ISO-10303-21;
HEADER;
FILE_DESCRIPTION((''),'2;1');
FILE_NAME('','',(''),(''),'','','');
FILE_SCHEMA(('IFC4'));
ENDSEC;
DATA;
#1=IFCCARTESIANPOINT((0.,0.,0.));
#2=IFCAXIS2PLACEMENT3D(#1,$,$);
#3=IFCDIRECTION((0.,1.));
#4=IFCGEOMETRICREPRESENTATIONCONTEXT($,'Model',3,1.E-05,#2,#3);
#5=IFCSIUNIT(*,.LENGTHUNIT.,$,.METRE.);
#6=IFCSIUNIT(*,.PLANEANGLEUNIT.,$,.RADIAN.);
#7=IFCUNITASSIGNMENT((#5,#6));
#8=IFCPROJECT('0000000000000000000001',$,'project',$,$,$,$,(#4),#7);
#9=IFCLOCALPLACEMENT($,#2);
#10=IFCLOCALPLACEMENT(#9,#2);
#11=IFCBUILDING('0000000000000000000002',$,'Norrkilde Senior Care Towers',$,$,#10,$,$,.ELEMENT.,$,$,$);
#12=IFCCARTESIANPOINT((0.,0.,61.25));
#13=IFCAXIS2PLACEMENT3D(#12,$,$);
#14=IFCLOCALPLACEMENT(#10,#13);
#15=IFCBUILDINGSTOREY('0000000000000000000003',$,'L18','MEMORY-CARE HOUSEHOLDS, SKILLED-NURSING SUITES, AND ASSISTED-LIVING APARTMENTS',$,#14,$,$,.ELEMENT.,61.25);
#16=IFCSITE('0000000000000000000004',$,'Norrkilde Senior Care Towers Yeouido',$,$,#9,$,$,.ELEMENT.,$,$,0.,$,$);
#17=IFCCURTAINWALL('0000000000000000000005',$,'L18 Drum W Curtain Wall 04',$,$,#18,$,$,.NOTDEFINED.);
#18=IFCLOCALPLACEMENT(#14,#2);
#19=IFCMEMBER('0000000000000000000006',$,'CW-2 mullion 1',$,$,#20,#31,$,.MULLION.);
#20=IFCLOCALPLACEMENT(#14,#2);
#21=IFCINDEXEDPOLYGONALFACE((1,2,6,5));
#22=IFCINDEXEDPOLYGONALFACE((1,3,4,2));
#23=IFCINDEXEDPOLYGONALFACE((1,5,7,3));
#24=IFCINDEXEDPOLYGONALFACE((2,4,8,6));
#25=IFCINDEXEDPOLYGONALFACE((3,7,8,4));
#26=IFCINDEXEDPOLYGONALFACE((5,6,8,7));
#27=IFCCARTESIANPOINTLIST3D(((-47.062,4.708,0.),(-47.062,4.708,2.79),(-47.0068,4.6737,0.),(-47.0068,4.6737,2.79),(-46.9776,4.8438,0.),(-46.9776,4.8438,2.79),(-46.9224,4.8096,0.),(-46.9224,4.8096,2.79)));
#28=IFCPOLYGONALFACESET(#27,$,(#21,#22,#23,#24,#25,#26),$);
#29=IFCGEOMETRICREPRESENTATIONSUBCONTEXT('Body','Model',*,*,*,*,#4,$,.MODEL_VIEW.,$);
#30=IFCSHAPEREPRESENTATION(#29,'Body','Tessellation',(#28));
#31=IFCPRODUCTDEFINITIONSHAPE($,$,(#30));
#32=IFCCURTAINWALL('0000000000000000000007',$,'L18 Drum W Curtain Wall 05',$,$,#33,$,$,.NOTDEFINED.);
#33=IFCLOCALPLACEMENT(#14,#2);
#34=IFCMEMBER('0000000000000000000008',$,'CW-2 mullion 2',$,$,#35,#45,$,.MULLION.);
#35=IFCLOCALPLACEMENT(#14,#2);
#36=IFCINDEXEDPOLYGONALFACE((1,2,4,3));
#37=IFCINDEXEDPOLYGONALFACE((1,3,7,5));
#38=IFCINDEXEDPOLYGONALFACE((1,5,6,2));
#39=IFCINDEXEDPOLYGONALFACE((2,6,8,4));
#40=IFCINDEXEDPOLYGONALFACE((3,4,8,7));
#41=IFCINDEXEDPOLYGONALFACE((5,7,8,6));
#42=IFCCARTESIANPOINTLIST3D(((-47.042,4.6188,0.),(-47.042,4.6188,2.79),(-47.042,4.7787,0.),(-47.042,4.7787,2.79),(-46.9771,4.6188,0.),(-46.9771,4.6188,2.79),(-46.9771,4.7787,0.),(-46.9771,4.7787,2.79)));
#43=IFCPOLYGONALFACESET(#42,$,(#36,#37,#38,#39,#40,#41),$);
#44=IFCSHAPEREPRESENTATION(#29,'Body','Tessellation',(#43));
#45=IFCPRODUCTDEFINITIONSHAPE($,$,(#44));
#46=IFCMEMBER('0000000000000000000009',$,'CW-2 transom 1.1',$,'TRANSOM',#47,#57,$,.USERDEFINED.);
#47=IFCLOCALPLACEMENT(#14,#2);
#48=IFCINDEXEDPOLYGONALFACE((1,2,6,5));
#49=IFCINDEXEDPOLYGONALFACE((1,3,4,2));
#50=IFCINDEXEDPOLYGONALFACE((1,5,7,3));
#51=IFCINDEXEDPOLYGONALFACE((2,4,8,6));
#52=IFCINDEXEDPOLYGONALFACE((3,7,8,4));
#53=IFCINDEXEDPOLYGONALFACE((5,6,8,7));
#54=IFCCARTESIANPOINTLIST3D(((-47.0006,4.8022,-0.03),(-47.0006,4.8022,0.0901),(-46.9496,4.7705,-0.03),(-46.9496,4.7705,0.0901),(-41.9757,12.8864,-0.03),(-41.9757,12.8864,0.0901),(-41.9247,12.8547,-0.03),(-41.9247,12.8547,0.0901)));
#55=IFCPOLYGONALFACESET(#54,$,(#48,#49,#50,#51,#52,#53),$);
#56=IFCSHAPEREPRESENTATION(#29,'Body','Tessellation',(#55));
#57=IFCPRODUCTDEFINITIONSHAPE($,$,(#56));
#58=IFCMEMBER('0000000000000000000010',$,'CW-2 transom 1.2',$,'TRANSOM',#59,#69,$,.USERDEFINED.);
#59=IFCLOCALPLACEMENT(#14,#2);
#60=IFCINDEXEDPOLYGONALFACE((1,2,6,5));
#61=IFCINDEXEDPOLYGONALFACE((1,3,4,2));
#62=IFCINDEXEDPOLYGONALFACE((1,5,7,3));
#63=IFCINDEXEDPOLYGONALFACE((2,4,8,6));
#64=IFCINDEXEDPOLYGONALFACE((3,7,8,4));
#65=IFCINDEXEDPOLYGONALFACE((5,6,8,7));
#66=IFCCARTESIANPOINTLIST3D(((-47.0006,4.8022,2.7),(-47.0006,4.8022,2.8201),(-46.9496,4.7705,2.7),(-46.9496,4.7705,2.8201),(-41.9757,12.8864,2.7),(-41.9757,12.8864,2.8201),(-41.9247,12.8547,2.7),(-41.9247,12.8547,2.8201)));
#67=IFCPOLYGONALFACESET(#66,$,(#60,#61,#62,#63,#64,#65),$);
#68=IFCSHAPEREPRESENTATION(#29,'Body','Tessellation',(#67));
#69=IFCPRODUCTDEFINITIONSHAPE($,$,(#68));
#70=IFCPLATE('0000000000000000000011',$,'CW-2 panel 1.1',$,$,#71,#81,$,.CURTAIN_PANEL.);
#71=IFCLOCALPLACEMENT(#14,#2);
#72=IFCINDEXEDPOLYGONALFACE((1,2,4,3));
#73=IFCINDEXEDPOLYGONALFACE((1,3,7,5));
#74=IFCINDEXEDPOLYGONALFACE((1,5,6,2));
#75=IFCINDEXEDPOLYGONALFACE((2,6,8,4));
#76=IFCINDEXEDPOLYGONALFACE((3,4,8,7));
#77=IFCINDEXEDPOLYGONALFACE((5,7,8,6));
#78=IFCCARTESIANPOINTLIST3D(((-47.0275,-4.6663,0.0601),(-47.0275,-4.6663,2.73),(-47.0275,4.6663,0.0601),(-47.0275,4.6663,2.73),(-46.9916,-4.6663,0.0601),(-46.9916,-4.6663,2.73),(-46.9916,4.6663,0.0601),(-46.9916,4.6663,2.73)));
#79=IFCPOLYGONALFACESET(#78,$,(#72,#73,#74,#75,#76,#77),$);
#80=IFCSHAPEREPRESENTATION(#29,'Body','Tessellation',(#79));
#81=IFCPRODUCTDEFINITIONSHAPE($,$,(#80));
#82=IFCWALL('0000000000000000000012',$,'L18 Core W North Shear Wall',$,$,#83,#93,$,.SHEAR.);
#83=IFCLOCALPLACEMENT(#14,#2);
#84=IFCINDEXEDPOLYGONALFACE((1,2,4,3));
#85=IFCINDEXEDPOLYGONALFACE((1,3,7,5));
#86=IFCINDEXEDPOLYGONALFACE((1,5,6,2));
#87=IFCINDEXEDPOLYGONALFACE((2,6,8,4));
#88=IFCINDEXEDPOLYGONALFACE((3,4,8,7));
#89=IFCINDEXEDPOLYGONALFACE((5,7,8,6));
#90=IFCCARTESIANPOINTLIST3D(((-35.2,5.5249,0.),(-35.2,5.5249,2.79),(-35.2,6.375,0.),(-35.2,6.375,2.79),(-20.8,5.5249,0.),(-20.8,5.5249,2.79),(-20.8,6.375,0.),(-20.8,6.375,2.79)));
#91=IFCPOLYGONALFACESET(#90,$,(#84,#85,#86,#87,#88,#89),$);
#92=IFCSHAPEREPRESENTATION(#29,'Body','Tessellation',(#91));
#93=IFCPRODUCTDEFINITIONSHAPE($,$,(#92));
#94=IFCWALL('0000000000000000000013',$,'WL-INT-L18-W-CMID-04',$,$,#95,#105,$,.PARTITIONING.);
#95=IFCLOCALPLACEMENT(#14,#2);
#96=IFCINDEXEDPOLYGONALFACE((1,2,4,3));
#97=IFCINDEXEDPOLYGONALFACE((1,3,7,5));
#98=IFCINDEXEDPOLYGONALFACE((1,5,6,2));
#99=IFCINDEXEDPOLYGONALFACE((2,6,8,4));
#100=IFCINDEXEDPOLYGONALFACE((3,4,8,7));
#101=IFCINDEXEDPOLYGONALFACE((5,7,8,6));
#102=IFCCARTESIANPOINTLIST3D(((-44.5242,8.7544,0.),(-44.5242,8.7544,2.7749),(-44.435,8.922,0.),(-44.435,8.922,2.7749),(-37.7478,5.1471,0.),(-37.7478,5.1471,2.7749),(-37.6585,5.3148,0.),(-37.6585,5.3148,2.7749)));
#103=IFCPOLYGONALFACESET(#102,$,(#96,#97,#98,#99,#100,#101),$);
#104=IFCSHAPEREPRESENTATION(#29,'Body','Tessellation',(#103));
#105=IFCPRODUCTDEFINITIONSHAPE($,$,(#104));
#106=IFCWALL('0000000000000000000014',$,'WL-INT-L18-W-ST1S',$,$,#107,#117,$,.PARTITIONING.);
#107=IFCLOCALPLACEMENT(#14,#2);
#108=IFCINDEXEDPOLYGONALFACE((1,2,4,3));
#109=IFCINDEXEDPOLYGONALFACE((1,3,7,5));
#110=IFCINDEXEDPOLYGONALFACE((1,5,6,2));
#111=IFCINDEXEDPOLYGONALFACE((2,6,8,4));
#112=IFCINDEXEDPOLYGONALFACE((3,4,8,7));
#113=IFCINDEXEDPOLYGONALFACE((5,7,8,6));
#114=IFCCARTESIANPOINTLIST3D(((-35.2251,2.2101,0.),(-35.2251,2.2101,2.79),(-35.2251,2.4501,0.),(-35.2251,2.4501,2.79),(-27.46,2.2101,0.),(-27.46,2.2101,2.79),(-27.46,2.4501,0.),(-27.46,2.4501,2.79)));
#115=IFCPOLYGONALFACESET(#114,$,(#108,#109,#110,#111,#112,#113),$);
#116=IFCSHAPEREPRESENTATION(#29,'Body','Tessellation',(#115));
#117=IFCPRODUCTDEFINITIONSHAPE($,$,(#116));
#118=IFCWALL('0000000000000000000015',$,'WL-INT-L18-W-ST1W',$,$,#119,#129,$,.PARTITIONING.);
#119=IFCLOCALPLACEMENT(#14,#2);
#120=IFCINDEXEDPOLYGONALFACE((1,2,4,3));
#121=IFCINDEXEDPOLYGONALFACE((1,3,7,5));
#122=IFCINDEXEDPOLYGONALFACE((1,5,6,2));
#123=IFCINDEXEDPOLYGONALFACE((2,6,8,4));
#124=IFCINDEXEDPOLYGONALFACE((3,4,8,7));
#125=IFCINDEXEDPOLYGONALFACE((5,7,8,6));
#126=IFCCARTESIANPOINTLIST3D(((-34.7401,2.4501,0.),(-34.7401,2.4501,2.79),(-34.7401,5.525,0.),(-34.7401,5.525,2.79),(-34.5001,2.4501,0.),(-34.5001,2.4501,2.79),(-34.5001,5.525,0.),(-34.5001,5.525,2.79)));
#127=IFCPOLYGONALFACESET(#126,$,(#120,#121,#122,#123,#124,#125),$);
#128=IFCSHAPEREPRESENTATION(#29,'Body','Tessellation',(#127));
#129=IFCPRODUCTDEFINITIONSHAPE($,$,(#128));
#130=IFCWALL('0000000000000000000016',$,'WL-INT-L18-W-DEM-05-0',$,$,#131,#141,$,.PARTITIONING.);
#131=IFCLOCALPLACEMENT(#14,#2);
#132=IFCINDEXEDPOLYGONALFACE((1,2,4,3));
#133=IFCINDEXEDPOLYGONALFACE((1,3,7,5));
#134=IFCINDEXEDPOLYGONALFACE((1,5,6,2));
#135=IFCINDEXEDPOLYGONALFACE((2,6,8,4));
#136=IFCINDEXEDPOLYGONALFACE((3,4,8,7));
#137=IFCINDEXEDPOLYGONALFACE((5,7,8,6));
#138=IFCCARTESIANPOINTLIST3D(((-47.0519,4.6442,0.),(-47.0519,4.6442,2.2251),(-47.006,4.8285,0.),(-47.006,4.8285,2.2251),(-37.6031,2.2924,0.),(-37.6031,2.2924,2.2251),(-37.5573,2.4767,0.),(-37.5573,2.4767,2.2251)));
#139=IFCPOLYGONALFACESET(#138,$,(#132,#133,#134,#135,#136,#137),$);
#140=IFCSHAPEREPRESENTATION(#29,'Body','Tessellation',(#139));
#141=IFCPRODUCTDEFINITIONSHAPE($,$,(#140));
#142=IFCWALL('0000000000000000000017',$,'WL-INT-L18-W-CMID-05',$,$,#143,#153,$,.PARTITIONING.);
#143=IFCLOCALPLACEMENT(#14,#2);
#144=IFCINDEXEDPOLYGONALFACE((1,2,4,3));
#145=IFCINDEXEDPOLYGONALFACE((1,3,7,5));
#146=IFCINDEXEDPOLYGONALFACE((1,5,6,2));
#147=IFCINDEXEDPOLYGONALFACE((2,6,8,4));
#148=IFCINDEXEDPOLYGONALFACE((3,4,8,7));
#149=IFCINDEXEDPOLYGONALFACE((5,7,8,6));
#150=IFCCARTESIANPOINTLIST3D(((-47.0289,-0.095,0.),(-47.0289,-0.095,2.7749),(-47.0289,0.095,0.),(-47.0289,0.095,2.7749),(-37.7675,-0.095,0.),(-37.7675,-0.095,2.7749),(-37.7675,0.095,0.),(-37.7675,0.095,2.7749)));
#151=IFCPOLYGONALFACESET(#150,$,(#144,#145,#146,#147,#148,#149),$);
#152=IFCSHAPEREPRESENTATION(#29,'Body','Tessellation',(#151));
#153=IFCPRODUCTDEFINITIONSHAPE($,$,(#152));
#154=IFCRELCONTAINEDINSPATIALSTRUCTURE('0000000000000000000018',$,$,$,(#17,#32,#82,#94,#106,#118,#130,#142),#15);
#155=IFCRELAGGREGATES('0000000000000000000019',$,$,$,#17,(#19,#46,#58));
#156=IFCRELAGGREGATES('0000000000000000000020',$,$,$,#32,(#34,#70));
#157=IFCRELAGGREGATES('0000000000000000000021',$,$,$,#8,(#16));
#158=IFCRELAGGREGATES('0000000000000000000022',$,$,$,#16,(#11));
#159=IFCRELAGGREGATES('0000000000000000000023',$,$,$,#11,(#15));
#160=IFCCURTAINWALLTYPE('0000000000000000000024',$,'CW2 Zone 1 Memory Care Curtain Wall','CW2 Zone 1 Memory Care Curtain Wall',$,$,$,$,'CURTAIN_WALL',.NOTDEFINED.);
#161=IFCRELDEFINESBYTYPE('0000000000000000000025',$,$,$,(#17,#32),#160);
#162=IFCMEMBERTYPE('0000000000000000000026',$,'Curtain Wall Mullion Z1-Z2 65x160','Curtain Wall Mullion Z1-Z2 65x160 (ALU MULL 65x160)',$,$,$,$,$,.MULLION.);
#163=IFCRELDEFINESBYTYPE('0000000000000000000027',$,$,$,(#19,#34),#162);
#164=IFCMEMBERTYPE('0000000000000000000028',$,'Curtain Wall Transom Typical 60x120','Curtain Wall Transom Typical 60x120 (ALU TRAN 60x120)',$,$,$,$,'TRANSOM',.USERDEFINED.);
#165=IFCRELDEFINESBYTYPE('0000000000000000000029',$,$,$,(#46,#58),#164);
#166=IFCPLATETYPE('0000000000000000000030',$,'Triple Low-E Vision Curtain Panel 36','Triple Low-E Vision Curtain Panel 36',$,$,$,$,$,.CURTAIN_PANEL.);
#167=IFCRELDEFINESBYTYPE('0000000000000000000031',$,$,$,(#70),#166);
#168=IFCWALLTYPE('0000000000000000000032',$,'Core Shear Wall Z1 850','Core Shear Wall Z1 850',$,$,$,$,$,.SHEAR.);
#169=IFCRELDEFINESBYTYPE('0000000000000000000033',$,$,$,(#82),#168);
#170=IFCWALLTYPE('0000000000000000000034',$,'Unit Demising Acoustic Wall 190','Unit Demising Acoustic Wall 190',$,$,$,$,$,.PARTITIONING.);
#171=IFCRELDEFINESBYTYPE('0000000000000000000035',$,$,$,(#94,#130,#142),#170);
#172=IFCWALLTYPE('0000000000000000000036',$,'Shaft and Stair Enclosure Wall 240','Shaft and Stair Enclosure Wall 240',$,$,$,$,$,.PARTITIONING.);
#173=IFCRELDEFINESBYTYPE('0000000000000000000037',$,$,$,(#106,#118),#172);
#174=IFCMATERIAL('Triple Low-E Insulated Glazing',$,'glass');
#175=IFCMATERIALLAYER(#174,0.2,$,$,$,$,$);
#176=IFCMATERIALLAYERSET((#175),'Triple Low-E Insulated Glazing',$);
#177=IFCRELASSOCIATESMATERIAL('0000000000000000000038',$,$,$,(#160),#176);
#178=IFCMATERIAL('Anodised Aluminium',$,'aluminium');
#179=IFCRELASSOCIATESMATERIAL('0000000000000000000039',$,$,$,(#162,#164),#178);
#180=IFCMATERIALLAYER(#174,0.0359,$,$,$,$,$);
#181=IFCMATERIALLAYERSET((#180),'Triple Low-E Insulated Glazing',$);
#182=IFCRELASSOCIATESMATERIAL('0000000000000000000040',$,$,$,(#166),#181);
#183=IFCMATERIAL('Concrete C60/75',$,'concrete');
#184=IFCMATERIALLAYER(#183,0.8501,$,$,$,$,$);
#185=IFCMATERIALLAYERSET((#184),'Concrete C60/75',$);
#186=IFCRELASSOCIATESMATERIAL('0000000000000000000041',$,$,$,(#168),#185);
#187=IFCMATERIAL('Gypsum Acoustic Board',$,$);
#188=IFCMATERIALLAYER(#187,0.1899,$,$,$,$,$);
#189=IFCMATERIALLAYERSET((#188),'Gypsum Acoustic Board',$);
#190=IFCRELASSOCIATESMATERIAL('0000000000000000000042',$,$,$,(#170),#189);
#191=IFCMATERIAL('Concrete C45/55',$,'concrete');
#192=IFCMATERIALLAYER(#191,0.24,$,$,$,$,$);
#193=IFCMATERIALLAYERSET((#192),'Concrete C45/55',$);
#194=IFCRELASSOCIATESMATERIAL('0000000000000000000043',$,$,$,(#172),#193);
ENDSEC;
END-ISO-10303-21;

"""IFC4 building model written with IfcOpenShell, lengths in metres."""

from ifc_helpers import new_model, si_unit, direction, frame, frame_2d, origin, origin_2d, place, context, subcontext, project, spatial, rectangle, extrude, source, transform, mapped, material, layer, layer_set, material_profile, profile_set, type_object, type_shapes, element, aggregate, save


model = new_model("IFC4")

# Units and contexts
model_context = context("Model", 3, precision=1e-05, world=origin(), true_north=direction((0.0, 1.0)))
body_context = subcontext(model_context, "Body", "Model", "MODEL_VIEW")
ifc_project = project(units=[si_unit("LENGTHUNIT", "METRE"), si_unit("PLANEANGLEUNIT", "RADIAN")], contexts=[model_context])

# Site, building, storey
site_placement = place(None, origin())
site = spatial("IfcSite", under=ifc_project, at=site_placement, Name="Norrkilde Senior Care Towers Yeouido", CompositionType="ELEMENT", RefElevation=0.0)
building_placement = place(site_placement, origin())
building = spatial("IfcBuilding", under=site, at=building_placement, Name="Norrkilde Senior Care Towers", CompositionType="ELEMENT")
storey_placement = place(building_placement, frame((0.0, 0.0, 61.25)))
storey = spatial("IfcBuildingStorey", under=building, at=storey_placement, Name="L18", Description="MEMORY-CARE HOUSEHOLDS, SKILLED-NURSING SUITES, AND ASSISTED-LIVING APARTMENTS", CompositionType="ELEMENT", Elevation=61.25)

# Shared definitions
ifc_material_1 = material(Name="Concrete C60/75", Category="concrete")

# Curtain walls, members
ifc_material_2 = material(Name="Triple Low-E Insulated Glazing", Category="glass")
ifc_layer_1 = layer(ifc_material_2, 0.2)
ifc_layer_set_1 = layer_set([ifc_layer_1], Name="Triple Low-E Insulated Glazing")
curtain_wall_type = type_object("IfcCurtainWallType", Name="CW2 Zone 1 Memory Care Curtain Wall", Description="CW2 Zone 1 Memory Care Curtain Wall", ElementType="CURTAIN_WALL", PredefinedType="NOTDEFINED", material=ifc_layer_set_1)
curtain_wall_1_placement = place(storey_placement, origin())
curtain_wall_1 = element("IfcCurtainWall", 1, at=curtain_wall_1_placement, inside=storey, type_object=curtain_wall_type, Name="L18 Drum W Curtain Wall 04", PredefinedType="NOTDEFINED")
ifc_material_3 = material(Name="Anodised Aluminium", Category="aluminium")
ifc_material_profile_1 = material_profile(ifc_material_3, rectangle(XDim=0.0649, YDim=0.1599, at=origin_2d()), Name="ALU MULL 65x160")
ifc_profile_set_1 = profile_set([ifc_material_profile_1], Name="Anodised Aluminium")
member_type_1 = type_object("IfcMemberType", Name="Curtain Wall Mullion Z1-Z2 65x160", Description="Curtain Wall Mullion Z1-Z2 65x160 (ALU MULL 65x160)", PredefinedType="MULLION", material=ifc_profile_set_1)
shared_shape_1 = source(origin(), body_context, "Body", "SweptSolid", [
    extrude(rectangle(XDim=0.0649, YDim=0.1599, at=origin_2d()), origin(), (0.0, 0.0, 1.0), 2.79),
])
type_shapes(member_type_1, [shared_shape_1])
member_1_placement = place(storey_placement, frame((-46.9922, 4.7588, 0.0), z_axis=(0.0, 0.0, 1.0), x_axis=(-0.849306, 0.527901, 0.0)))
member_1 = element("IfcMember", 2, at=member_1_placement, type_object=member_type_1, Name="CW-2 mullion 1", PredefinedType="MULLION", context=body_context, shape_type="MappedRepresentation", body=[
    mapped(shared_shape_1, transform((0.0, 0.0, 0.0), x_axis=(1.0, 0.0, 0.0), y_axis=(0.0, 1.0, 0.0), z_axis=(0.0, 0.0, 1.0), scale=1.0)),
])
curtain_wall_2_placement = place(storey_placement, origin())
curtain_wall_2 = element("IfcCurtainWall", 3, at=curtain_wall_2_placement, inside=storey, type_object=curtain_wall_type, Name="L18 Drum W Curtain Wall 05", PredefinedType="NOTDEFINED")
member_2_placement = place(storey_placement, frame((-47.0095, 4.6987, 0.0), z_axis=(0.0, 0.0, 1.0), x_axis=(-1.0, 0.0, 0.0)))
member_2 = element("IfcMember", 4, at=member_2_placement, type_object=member_type_1, Name="CW-2 mullion 2", PredefinedType="MULLION", context=body_context, shape_type="MappedRepresentation", body=[
    mapped(shared_shape_1, transform((0.0, 0.0, 0.0), x_axis=(1.0, 0.0, 0.0), y_axis=(0.0, 1.0, 0.0), z_axis=(0.0, 0.0, 1.0), scale=1.0)),
])

# Members
ifc_material_profile_2 = material_profile(ifc_material_3, rectangle(XDim=0.0601, YDim=0.1201, at=origin_2d()), Name="ALU TRAN 60x120")
ifc_profile_set_2 = profile_set([ifc_material_profile_2], Name="Anodised Aluminium")
member_type_2 = type_object("IfcMemberType", Name="Curtain Wall Transom Typical 60x120", Description="Curtain Wall Transom Typical 60x120 (ALU TRAN 60x120)", ElementType="TRANSOM", PredefinedType="USERDEFINED", material=ifc_profile_set_2)
shared_shape_2 = source(origin(), body_context, "Body", "SweptSolid", [
    extrude(rectangle(XDim=0.0601, YDim=0.1201, at=origin_2d()), origin(), (0.0, 0.0, 1.0), 9.5186),
])
type_shapes(member_type_2, [shared_shape_2])
member_3_placement = place(storey_placement, frame((-46.9751, 4.7864, 0.03), z_axis=(0.527902, 0.849306, 0.0), x_axis=(-0.849306, 0.527902, 0.0)))
member_3 = element("IfcMember", 5, at=member_3_placement, type_object=member_type_2, Name="CW-2 transom 1.1", ObjectType="TRANSOM", PredefinedType="USERDEFINED", context=body_context, shape_type="MappedRepresentation", body=[
    mapped(shared_shape_2, transform((0.0, 0.0, 0.0), x_axis=(1.0, 0.0, 0.0), y_axis=(0.0, 1.0, 0.0), z_axis=(0.0, 0.0, 1.0), scale=1.0)),
])
member_4_placement = place(storey_placement, frame((-46.9751, 4.7864, 2.76), z_axis=(0.527902, 0.849306, 0.0), x_axis=(-0.849306, 0.527902, 0.0)))
member_4 = element("IfcMember", 6, at=member_4_placement, type_object=member_type_2, Name="CW-2 transom 1.2", ObjectType="TRANSOM", PredefinedType="USERDEFINED", context=body_context, shape_type="MappedRepresentation", body=[
    mapped(shared_shape_2, transform((0.0, 0.0, 0.0), x_axis=(1.0, 0.0, 0.0), y_axis=(0.0, 1.0, 0.0), z_axis=(0.0, 0.0, 1.0), scale=1.0)),
])
aggregate(curtain_wall_1, [member_1, member_3, member_4])

# Plate
ifc_layer_2 = layer(ifc_material_2, 0.0359)
ifc_layer_set_2 = layer_set([ifc_layer_2], Name="Triple Low-E Insulated Glazing")
plate_type = type_object("IfcPlateType", Name="Triple Low-E Vision Curtain Panel 36", Description="Triple Low-E Vision Curtain Panel 36", PredefinedType="CURTAIN_PANEL", material=ifc_layer_set_2)
shared_shape_3 = source(origin(), body_context, "Body", "SweptSolid", [
    extrude(rectangle(XDim=9.3325, YDim=0.0359, at=origin_2d()), origin(), (0.0, 0.0, 1.0), 2.6699),
])
type_shapes(plate_type, [shared_shape_3])
plate_placement = place(storey_placement, frame((-47.0095, 0.0, 0.0601), z_axis=(0.0, 0.0, 1.0), x_axis=(0.0, 1.0, 0.0)))
plate = element("IfcPlate", 7, at=plate_placement, type_object=plate_type, Name="CW-2 panel 1.1", PredefinedType="CURTAIN_PANEL", context=body_context, shape_type="MappedRepresentation", body=[
    mapped(shared_shape_3, transform((0.0, 0.0, 0.0), x_axis=(1.0, 0.0, 0.0), y_axis=(0.0, 1.0, 0.0), z_axis=(0.0, 0.0, 1.0), scale=1.0)),
])
aggregate(curtain_wall_2, [member_2, plate])

# Walls
ifc_layer_3 = layer(ifc_material_1, 0.8501)
ifc_layer_set_3 = layer_set([ifc_layer_3], Name="Concrete C60/75")
wall_type_1 = type_object("IfcWallType", Name="Core Shear Wall Z1 850", Description="Core Shear Wall Z1 850", PredefinedType="SHEAR", material=ifc_layer_set_3)
shared_shape_4 = source(origin(), body_context, "Body", "SweptSolid", [
    extrude(rectangle(XDim=14.3999, YDim=0.8501, at=frame_2d((7.2, 0.0))), origin(), (0.0, 0.0, 1.0), 2.79),
])
type_shapes(wall_type_1, [shared_shape_4])
wall_1_placement = place(storey_placement, frame((-35.2, 5.95, 0.0), z_axis=(0.0, 0.0, 1.0), x_axis=(1.0, 0.0, 0.0)))
element("IfcWall", 8, at=wall_1_placement, inside=storey, type_object=wall_type_1, Name="L18 Core W North Shear Wall", PredefinedType="SHEAR", context=body_context, shape_type="MappedRepresentation", body=[
    mapped(shared_shape_4, transform((0.0, 0.0, 0.0), x_axis=(1.0, 0.0, 0.0), y_axis=(0.0, 1.0, 0.0), z_axis=(0.0, 0.0, 1.0), scale=1.0)),
])
ifc_material_4 = material(Name="Gypsum Acoustic Board")
ifc_layer_4 = layer(ifc_material_4, 0.1899)
ifc_layer_set_4 = layer_set([ifc_layer_4], Name="Gypsum Acoustic Board")
wall_type_2 = type_object("IfcWallType", Name="Unit Demising Acoustic Wall 190", Description="Unit Demising Acoustic Wall 190", PredefinedType="PARTITIONING", material=ifc_layer_set_4)
shared_shape_5 = source(origin(), body_context, "Body", "SweptSolid", [
    extrude(rectangle(XDim=7.6768, YDim=0.1899, at=frame_2d((3.8384, 0.0))), origin(), (0.0, 0.0, 1.0), 2.7749),
])
wall_2_placement = place(storey_placement, frame((-37.7031, 5.231, 0.0), z_axis=(0.0, 0.0, 1.0), x_axis=(-0.882725, 0.46989, 0.0)))
element("IfcWall", 9, at=wall_2_placement, inside=storey, type_object=wall_type_2, Name="WL-INT-L18-W-CMID-04", PredefinedType="PARTITIONING", context=body_context, shape_type="MappedRepresentation", body=[
    mapped(shared_shape_5, transform((0.0, 0.0, 0.0), x_axis=(1.0, 0.0, 0.0), y_axis=(0.0, 1.0, 0.0), z_axis=(0.0, 0.0, 1.0), scale=1.0)),
])
ifc_material_5 = material(Name="Concrete C45/55", Category="concrete")
ifc_layer_5 = layer(ifc_material_5, 0.24)
ifc_layer_set_5 = layer_set([ifc_layer_5], Name="Concrete C45/55")
wall_type_3 = type_object("IfcWallType", Name="Shaft and Stair Enclosure Wall 240", Description="Shaft and Stair Enclosure Wall 240", PredefinedType="PARTITIONING", material=ifc_layer_set_5)
shared_shape_6 = source(origin(), body_context, "Body", "SweptSolid", [
    extrude(rectangle(XDim=7.7651, YDim=0.24, at=frame_2d((3.8826, 0.0))), origin(), (0.0, 0.0, 1.0), 2.79),
])
wall_3_placement = place(storey_placement, frame((-35.2251, 2.3301, 0.0), z_axis=(0.0, 0.0, 1.0), x_axis=(1.0, 0.0, 0.0)))
element("IfcWall", 10, at=wall_3_placement, inside=storey, type_object=wall_type_3, Name="WL-INT-L18-W-ST1S", PredefinedType="PARTITIONING", context=body_context, shape_type="MappedRepresentation", body=[
    mapped(shared_shape_6, transform((0.0, 0.0, 0.0), x_axis=(1.0, 0.0, 0.0), y_axis=(0.0, 1.0, 0.0), z_axis=(0.0, 0.0, 1.0), scale=1.0)),
])
shared_shape_7 = source(origin(), body_context, "Body", "SweptSolid", [
    extrude(rectangle(XDim=3.075, YDim=0.24, at=frame_2d((1.5376, 0.0))), origin(), (0.0, 0.0, 1.0), 2.79),
])
type_shapes(wall_type_3, [shared_shape_6, shared_shape_7])
wall_4_placement = place(storey_placement, frame((-34.6201, 2.45, 0.0), z_axis=(0.0, 0.0, 1.0), x_axis=(0.0, 1.0, 0.0)))
element("IfcWall", 11, at=wall_4_placement, inside=storey, type_object=wall_type_3, Name="WL-INT-L18-W-ST1W", PredefinedType="PARTITIONING", context=body_context, shape_type="MappedRepresentation", body=[
    mapped(shared_shape_7, transform((0.0, 0.0, 0.0), x_axis=(1.0, 0.0, 0.0), y_axis=(0.0, 1.0, 0.0), z_axis=(0.0, 0.0, 1.0), scale=1.0)),
])
shared_shape_8 = source(origin(), body_context, "Body", "SweptSolid", [
    extrude(rectangle(XDim=9.7371, YDim=0.1899, at=frame_2d((4.8687, 0.0))), origin(), (0.0, 0.0, 1.0), 2.2251),
])
wall_5_placement = place(storey_placement, frame((-37.5801, 2.3845, 0.0), z_axis=(0.0, 0.0, 1.0), x_axis=(-0.970393, 0.241533, 0.0)))
element("IfcWall", 12, at=wall_5_placement, inside=storey, type_object=wall_type_2, Name="WL-INT-L18-W-DEM-05-0", PredefinedType="PARTITIONING", context=body_context, shape_type="MappedRepresentation", body=[
    mapped(shared_shape_8, transform((0.0, 0.0, 0.0), x_axis=(1.0, 0.0, 0.0), y_axis=(0.0, 1.0, 0.0), z_axis=(0.0, 0.0, 1.0), scale=1.0)),
])
shared_shape_9 = source(origin(), body_context, "Body", "SweptSolid", [
    extrude(rectangle(XDim=9.2615, YDim=0.1899, at=frame_2d((4.6309, 0.0))), origin(), (0.0, 0.0, 1.0), 2.7749),
])
type_shapes(wall_type_2, [shared_shape_5, shared_shape_8, shared_shape_9])
wall_6_placement = place(storey_placement, frame((-37.7673, 0.0, 0.0), z_axis=(0.0, 0.0, 1.0), x_axis=(-1.0, 0.0, 0.0)))
element("IfcWall", 13, at=wall_6_placement, inside=storey, type_object=wall_type_2, Name="WL-INT-L18-W-CMID-05", PredefinedType="PARTITIONING", context=body_context, shape_type="MappedRepresentation", body=[
    mapped(shared_shape_9, transform((0.0, 0.0, 0.0), x_axis=(1.0, 0.0, 0.0), y_axis=(0.0, 1.0, 0.0), z_axis=(0.0, 0.0, 1.0), scale=1.0)),
])

save(model, "model.ifc")
